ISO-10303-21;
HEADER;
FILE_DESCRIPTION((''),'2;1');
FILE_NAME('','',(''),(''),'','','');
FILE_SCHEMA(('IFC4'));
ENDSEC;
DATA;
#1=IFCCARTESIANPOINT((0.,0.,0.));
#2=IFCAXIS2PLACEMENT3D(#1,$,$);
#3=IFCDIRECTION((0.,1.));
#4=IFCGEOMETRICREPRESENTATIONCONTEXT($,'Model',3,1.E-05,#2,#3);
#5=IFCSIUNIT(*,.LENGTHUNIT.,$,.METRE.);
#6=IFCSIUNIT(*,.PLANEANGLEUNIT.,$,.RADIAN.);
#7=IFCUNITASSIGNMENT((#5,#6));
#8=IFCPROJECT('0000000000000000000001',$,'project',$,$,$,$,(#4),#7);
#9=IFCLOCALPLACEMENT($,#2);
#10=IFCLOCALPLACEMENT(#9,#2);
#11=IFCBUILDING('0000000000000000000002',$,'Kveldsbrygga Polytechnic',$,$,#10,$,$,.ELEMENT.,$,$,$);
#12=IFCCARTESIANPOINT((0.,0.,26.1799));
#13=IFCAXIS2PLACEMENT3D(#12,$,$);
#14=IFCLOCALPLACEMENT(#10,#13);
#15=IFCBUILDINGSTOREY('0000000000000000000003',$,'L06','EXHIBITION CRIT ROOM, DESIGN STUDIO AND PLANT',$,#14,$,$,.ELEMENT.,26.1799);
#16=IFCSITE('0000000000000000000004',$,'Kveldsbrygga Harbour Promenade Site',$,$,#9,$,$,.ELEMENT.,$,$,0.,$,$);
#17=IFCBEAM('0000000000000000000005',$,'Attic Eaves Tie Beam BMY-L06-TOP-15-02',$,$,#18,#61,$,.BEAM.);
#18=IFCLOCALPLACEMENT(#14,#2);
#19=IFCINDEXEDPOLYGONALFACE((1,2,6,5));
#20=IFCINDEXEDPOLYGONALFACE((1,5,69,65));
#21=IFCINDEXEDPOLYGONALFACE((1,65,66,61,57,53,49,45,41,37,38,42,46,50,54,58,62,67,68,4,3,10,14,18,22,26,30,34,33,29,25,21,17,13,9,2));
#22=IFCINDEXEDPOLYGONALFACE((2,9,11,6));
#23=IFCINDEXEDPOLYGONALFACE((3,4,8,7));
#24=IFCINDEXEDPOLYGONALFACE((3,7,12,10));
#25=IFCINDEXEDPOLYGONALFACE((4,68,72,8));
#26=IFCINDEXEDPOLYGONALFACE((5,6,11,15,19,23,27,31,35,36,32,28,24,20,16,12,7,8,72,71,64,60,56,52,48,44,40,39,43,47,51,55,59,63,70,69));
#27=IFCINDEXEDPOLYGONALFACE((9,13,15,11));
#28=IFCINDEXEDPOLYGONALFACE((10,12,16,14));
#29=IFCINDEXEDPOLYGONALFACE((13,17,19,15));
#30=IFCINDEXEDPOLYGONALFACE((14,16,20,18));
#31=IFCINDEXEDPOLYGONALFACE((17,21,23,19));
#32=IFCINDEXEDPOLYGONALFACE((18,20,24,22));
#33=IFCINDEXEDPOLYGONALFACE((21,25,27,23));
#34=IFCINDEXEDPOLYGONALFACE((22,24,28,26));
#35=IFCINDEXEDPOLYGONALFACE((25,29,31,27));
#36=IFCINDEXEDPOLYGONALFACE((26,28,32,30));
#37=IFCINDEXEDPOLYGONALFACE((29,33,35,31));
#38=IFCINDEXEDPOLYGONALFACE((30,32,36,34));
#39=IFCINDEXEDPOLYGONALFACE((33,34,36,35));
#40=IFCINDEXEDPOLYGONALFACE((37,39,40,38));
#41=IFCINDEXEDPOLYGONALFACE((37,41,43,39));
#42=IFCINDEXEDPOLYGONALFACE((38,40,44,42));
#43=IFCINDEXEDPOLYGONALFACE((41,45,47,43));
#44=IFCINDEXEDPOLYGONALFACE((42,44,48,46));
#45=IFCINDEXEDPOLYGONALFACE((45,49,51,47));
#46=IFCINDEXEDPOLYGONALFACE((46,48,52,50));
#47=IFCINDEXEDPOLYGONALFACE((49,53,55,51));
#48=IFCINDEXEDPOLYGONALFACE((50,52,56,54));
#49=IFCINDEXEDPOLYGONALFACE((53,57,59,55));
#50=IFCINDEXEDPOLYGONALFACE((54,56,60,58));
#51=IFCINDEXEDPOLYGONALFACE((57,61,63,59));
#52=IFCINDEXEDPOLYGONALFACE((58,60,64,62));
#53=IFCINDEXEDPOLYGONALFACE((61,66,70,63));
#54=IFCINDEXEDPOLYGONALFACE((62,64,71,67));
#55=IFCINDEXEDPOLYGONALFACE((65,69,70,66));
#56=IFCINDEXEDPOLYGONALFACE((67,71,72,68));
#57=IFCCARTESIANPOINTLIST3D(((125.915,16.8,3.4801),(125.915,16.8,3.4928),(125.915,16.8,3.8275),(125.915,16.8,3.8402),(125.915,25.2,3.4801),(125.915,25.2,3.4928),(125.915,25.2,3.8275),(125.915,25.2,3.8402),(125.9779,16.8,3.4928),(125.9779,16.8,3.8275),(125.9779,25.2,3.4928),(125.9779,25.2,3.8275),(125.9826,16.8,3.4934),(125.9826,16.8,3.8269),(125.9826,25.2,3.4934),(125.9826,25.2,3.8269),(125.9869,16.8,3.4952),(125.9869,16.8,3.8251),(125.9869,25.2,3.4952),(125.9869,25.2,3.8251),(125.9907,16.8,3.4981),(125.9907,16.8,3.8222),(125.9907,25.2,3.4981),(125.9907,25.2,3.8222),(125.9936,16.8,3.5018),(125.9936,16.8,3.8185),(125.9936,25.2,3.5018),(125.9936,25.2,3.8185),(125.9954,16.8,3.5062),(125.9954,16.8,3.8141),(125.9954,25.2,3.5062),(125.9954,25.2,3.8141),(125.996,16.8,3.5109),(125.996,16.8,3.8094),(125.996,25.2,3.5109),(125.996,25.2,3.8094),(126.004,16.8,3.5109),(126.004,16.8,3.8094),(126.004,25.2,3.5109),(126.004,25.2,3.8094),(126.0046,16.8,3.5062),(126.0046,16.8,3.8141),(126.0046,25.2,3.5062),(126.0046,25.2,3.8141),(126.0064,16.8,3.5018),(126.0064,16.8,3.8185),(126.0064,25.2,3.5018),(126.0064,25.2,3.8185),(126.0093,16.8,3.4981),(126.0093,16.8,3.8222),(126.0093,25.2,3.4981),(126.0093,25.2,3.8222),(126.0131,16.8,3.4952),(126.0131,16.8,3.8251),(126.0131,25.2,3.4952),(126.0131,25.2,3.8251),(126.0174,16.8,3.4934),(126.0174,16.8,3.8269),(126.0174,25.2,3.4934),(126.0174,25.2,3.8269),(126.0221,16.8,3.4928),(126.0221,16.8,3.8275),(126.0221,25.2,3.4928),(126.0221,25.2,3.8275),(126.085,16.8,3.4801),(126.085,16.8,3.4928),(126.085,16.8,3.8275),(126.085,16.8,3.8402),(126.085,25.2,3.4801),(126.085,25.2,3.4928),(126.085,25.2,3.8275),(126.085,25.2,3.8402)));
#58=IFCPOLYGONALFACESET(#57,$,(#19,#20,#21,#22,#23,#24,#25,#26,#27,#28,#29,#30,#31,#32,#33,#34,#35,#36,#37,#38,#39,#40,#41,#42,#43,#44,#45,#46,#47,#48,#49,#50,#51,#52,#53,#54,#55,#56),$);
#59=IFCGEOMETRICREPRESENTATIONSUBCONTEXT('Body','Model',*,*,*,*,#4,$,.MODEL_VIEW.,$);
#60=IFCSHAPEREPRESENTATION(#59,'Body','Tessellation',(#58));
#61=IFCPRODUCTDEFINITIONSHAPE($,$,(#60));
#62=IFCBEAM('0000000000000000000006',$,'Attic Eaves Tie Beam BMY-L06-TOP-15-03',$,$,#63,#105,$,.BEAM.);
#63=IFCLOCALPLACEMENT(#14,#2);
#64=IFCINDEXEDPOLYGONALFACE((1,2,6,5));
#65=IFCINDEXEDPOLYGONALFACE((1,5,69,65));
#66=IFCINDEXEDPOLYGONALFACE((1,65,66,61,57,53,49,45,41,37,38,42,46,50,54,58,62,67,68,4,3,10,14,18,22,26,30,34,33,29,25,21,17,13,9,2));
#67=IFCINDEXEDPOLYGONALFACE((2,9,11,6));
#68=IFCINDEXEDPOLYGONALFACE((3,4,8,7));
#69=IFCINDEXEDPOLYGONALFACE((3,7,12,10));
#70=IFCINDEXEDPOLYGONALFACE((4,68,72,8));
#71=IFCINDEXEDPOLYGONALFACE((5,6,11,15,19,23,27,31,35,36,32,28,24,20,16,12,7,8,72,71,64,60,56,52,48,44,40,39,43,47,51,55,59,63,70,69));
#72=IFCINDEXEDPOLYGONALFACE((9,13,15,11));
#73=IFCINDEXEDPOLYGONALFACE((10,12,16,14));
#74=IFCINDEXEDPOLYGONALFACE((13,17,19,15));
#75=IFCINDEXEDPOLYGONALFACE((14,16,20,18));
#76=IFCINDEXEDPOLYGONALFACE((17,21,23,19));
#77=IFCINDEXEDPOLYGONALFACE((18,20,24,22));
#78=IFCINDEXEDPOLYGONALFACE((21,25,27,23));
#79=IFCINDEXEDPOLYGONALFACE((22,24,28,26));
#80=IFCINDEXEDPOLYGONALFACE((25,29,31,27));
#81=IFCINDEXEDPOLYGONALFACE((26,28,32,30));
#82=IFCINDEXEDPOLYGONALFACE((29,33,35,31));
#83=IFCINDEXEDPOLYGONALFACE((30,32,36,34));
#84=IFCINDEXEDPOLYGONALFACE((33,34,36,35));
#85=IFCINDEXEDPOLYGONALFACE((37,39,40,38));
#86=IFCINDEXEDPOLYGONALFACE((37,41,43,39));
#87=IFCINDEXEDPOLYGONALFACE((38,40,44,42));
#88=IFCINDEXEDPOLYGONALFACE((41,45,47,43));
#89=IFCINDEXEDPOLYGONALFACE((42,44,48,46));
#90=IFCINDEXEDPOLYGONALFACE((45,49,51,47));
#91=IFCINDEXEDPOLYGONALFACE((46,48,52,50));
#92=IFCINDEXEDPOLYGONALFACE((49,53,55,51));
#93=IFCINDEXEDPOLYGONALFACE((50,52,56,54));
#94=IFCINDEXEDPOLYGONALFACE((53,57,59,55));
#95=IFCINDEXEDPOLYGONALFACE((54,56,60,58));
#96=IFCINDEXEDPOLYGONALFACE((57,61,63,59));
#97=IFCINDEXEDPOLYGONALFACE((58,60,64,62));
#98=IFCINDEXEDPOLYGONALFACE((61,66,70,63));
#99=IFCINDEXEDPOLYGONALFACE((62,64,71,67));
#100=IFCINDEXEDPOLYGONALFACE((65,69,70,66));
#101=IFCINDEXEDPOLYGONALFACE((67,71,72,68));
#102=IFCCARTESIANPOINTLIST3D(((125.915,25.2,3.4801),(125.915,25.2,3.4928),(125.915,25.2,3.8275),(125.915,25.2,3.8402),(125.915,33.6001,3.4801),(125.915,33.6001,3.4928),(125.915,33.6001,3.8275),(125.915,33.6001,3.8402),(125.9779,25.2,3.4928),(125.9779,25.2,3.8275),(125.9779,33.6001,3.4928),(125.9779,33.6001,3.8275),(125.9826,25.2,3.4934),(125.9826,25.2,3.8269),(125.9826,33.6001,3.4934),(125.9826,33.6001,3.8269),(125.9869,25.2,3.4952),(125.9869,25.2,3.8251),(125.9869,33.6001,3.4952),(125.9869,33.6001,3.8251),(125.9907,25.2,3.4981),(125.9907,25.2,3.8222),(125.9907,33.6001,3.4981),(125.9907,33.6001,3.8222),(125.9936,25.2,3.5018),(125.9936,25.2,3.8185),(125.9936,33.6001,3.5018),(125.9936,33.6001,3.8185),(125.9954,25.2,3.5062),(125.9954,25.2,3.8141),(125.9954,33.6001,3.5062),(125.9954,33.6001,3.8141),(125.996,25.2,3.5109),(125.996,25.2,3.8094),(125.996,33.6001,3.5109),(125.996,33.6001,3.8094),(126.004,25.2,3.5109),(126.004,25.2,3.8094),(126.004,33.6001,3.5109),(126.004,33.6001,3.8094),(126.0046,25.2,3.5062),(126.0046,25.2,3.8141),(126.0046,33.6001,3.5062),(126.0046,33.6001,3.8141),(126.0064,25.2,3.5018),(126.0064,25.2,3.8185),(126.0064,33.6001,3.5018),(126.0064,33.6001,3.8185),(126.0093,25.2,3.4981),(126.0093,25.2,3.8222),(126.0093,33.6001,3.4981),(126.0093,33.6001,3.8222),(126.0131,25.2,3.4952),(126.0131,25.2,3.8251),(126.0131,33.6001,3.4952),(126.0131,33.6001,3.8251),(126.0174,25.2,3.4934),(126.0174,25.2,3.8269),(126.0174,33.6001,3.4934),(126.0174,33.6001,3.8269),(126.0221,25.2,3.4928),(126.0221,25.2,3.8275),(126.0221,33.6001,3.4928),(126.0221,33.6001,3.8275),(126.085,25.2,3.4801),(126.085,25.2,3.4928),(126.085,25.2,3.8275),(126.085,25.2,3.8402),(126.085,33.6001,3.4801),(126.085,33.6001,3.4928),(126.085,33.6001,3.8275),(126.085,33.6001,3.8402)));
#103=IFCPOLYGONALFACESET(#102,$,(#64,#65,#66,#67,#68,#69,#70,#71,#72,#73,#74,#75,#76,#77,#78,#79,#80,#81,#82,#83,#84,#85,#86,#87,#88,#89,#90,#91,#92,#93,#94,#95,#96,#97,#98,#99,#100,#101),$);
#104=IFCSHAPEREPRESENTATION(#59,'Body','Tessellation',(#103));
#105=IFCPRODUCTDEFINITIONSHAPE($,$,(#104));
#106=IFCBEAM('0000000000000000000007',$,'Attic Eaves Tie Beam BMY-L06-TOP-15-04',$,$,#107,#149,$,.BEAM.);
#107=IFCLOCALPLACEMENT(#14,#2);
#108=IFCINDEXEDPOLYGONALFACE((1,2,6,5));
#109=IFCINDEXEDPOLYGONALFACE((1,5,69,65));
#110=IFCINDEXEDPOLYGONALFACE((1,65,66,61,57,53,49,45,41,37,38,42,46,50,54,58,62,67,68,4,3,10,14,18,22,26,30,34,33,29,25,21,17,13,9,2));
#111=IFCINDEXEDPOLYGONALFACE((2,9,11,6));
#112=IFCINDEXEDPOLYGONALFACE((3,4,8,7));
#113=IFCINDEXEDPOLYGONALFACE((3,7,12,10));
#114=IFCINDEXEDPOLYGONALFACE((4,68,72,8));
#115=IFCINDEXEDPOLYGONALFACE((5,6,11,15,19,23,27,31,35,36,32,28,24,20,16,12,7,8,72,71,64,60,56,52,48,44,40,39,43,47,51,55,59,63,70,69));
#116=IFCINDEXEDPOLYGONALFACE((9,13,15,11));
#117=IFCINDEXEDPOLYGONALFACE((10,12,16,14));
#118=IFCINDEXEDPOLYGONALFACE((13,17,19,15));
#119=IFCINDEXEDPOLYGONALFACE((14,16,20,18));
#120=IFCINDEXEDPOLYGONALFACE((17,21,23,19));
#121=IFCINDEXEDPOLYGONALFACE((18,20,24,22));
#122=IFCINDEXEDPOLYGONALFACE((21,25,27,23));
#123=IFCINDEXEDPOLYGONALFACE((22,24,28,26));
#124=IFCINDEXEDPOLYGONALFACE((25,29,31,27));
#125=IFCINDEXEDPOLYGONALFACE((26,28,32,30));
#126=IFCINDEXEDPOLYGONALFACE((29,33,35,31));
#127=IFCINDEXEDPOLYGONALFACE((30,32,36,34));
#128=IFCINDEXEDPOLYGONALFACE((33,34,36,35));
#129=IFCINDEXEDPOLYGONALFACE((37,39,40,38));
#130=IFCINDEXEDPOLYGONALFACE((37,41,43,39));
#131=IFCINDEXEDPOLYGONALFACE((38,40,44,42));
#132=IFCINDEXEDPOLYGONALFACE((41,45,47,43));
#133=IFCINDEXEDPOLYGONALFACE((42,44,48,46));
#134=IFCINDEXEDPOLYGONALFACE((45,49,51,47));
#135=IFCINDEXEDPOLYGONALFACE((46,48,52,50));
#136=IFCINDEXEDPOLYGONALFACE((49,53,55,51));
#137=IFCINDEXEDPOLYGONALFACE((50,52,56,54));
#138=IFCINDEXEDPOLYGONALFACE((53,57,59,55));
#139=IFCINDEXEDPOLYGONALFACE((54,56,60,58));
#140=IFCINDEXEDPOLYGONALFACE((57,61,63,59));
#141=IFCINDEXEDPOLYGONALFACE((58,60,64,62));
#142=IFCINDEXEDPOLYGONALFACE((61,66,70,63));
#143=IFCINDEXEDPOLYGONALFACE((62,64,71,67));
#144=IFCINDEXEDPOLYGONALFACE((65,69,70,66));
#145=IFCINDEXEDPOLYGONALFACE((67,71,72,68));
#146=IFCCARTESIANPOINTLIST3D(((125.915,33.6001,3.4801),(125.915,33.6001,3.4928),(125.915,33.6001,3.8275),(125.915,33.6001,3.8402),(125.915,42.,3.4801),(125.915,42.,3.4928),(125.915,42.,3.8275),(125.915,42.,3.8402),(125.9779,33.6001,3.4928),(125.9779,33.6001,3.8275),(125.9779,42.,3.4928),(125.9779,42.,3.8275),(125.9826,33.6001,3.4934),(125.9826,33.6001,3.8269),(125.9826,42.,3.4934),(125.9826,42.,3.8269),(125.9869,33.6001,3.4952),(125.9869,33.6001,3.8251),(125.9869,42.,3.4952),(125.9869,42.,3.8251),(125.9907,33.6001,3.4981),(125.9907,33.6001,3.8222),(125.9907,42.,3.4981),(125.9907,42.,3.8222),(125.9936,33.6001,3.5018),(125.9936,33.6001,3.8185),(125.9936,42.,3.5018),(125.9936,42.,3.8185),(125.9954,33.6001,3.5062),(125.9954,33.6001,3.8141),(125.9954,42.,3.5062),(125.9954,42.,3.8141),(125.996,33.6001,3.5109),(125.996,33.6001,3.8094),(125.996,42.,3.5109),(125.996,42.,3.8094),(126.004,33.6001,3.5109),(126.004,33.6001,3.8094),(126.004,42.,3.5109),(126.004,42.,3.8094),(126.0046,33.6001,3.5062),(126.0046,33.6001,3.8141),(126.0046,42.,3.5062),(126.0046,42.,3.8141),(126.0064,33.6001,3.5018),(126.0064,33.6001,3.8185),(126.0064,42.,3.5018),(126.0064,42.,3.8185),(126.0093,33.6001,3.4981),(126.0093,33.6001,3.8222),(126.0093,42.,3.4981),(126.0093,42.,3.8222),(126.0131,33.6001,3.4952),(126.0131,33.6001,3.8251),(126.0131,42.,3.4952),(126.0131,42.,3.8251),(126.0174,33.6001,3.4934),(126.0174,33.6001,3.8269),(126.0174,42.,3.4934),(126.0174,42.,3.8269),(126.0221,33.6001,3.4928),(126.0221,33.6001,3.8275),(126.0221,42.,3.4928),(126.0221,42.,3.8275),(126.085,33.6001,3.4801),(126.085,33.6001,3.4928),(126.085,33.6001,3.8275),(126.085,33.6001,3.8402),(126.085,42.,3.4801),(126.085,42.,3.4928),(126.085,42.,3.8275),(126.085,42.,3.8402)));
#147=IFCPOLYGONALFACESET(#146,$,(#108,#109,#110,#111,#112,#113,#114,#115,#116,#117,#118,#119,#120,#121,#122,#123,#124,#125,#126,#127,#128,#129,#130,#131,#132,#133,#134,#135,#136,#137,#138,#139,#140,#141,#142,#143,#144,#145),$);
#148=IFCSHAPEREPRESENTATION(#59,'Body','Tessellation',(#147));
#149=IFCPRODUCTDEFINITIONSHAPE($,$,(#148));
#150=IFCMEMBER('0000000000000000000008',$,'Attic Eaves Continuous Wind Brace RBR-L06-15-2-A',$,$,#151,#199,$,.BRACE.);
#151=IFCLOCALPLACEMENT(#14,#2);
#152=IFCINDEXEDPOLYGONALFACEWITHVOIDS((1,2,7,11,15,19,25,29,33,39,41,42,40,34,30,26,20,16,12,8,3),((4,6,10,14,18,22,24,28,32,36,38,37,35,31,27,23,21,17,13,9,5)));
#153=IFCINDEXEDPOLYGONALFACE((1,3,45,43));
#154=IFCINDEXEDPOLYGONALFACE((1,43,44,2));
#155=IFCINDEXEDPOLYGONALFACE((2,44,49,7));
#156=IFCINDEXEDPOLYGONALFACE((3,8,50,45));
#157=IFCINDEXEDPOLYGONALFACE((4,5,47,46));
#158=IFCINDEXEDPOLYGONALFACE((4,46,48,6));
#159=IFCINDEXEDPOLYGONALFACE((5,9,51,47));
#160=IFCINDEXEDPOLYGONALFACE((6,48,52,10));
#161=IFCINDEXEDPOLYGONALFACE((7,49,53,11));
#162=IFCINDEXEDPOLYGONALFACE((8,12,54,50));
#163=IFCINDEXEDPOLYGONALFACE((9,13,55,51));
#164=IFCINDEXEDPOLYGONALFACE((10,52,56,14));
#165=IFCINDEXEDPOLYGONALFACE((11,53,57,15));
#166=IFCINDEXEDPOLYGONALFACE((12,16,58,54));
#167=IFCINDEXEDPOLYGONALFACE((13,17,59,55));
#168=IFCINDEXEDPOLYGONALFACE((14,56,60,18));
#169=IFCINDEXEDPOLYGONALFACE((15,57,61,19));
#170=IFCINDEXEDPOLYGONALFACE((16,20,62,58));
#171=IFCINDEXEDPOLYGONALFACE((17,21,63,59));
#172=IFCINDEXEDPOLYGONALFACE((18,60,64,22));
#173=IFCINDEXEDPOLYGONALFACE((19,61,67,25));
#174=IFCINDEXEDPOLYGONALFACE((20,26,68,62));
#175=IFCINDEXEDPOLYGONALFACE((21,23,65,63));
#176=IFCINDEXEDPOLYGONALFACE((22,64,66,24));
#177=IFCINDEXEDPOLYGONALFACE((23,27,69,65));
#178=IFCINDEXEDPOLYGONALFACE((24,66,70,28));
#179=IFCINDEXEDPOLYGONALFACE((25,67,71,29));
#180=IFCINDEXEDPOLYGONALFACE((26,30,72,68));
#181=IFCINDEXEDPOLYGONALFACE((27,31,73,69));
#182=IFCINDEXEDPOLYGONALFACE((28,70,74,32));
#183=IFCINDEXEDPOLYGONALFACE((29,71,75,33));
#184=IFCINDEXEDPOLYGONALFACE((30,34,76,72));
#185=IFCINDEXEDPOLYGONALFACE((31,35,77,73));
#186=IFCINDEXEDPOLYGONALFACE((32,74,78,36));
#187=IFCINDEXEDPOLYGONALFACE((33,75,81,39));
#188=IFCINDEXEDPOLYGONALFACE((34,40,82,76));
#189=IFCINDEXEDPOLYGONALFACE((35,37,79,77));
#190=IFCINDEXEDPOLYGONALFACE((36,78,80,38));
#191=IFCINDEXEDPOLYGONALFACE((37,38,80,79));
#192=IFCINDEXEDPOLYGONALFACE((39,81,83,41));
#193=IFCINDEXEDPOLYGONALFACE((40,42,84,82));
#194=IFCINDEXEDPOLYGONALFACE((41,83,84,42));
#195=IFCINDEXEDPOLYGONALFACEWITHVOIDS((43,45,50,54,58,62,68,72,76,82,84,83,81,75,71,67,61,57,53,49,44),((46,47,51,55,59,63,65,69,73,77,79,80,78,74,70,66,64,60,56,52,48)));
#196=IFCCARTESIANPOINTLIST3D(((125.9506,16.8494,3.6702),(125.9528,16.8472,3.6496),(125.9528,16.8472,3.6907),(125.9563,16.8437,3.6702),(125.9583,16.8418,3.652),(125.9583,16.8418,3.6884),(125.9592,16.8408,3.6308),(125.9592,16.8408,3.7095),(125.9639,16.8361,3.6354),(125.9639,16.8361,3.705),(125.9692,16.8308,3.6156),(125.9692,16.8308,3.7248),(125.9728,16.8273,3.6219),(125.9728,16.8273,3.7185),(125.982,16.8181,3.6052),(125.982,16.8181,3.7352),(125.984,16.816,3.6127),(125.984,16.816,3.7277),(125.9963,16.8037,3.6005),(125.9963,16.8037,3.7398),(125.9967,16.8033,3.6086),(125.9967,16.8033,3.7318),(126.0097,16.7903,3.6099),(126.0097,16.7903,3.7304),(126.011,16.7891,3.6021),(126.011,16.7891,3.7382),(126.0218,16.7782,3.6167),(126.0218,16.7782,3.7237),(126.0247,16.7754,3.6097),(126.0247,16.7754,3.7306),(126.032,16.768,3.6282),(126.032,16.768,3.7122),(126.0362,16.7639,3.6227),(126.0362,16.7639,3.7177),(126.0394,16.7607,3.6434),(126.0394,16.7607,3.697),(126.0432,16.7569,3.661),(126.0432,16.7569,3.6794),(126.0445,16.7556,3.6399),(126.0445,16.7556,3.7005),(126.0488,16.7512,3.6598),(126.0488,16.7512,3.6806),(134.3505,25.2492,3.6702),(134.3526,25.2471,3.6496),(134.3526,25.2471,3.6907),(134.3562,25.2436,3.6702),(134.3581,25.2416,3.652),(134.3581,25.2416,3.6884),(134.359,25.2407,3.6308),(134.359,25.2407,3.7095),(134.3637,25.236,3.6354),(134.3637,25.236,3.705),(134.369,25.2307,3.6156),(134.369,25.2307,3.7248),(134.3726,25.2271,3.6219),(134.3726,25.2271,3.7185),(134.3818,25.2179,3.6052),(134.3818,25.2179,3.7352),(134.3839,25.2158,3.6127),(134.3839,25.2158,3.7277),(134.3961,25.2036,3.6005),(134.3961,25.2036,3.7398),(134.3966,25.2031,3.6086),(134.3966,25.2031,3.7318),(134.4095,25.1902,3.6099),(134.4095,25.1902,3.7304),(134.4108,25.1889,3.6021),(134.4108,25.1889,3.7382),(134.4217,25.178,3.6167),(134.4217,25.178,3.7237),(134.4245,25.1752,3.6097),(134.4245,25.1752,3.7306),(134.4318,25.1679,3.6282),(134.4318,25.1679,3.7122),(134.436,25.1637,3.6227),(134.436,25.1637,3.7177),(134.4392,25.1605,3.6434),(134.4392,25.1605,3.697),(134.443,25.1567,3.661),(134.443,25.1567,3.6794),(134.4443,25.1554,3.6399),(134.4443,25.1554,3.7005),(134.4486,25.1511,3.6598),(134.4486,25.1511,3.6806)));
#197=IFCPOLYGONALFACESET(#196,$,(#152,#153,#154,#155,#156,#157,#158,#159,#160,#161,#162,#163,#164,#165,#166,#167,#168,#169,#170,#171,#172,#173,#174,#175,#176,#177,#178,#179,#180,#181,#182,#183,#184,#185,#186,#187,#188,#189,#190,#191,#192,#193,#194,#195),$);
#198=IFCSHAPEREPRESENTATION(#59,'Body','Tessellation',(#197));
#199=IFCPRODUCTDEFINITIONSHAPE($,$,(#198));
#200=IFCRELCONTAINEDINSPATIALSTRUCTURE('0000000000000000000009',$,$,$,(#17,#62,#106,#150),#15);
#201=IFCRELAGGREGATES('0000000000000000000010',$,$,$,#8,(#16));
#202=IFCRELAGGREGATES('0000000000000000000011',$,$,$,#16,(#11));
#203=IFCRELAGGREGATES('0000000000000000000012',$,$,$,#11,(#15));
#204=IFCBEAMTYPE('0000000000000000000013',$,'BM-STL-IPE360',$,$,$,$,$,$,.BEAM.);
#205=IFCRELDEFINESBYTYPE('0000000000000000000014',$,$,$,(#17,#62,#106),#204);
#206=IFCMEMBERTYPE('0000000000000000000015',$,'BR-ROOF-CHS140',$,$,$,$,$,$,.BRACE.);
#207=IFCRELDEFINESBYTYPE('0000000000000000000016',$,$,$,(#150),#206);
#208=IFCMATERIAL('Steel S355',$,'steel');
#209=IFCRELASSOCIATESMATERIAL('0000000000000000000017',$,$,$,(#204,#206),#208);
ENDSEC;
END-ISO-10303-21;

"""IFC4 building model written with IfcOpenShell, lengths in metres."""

from ifc_helpers import new_model, si_unit, direction, frame, origin, origin_2d, place, context, subcontext, project, spatial, hollow_circle, i_section, extrude, material, material_profile, profile_set, type_object, element, save


model = new_model("IFC4")

# Units and contexts
model_context = context("Model", 3, precision=1e-05, world=origin(), true_north=direction((0.0, 1.0)))
body_context = subcontext(model_context, "Body", "Model", "MODEL_VIEW")
ifc_project = project(units=[si_unit("LENGTHUNIT", "METRE"), si_unit("PLANEANGLEUNIT", "RADIAN")], contexts=[model_context])

# Site, building, storey
site_placement = place(None, origin())
site = spatial("IfcSite", under=ifc_project, at=site_placement, Name="Kveldsbrygga Harbour Promenade Site", CompositionType="ELEMENT", RefElevation=0.0)
building_placement = place(site_placement, origin())
building = spatial("IfcBuilding", under=site, at=building_placement, Name="Kveldsbrygga Polytechnic", CompositionType="ELEMENT")
storey_placement = place(building_placement, frame((0.0, 0.0, 26.1799)))
storey = spatial("IfcBuildingStorey", under=building, at=storey_placement, Name="L06", Description="EXHIBITION CRIT ROOM, DESIGN STUDIO AND PLANT", CompositionType="ELEMENT", Elevation=26.1799)

# Beams
ifc_material_1 = material(Name="Steel S355", Category="steel")
ifc_material_profile_1 = material_profile(ifc_material_1, i_section(OverallWidth=0.1699, OverallDepth=0.3601, WebThickness=0.0081, FlangeThickness=0.0127, FilletRadius=0.0181, at=origin_2d()), Name="IPE 360")
ifc_profile_set_1 = profile_set([ifc_material_profile_1], Name="Steel S355")
beam_type = type_object("IfcBeamType", Name="BM-STL-IPE360", PredefinedType="BEAM", material=ifc_profile_set_1)
beam_1_placement = place(storey_placement, frame((126.0, 16.8, 3.6602), z_axis=(0.0, 1.0, 0.0), x_axis=(-1.0, 0.0, 0.0)))
element("IfcBeam", 1, at=beam_1_placement, inside=storey, type_object=beam_type, Name="Attic Eaves Tie Beam BMY-L06-TOP-15-02", PredefinedType="BEAM", context=body_context, shape_type="SweptSolid", body=[
    extrude(i_section(OverallWidth=0.1699, OverallDepth=0.3601, WebThickness=0.0081, FlangeThickness=0.0127, FilletRadius=0.0181, at=origin_2d()), origin(), (0.0, 0.0, 1.0), 8.3999),
])
beam_2_placement = place(storey_placement, frame((126.0, 25.2, 3.6602), z_axis=(0.0, 1.0, 0.0), x_axis=(-1.0, 0.0, 0.0)))
element("IfcBeam", 2, at=beam_2_placement, inside=storey, type_object=beam_type, Name="Attic Eaves Tie Beam BMY-L06-TOP-15-03", PredefinedType="BEAM", context=body_context, shape_type="SweptSolid", body=[
    extrude(i_section(OverallWidth=0.1699, OverallDepth=0.3601, WebThickness=0.0081, FlangeThickness=0.0127, FilletRadius=0.0181, at=origin_2d()), origin(), (0.0, 0.0, 1.0), 8.4001),
])
beam_3_placement = place(storey_placement, frame((126.0, 33.6001, 3.6602), z_axis=(0.0, 1.0, 0.0), x_axis=(-1.0, 0.0, 0.0)))
element("IfcBeam", 3, at=beam_3_placement, inside=storey, type_object=beam_type, Name="Attic Eaves Tie Beam BMY-L06-TOP-15-04", PredefinedType="BEAM", context=body_context, shape_type="SweptSolid", body=[
    extrude(i_section(OverallWidth=0.1699, OverallDepth=0.3601, WebThickness=0.0081, FlangeThickness=0.0127, FilletRadius=0.0181, at=origin_2d()), origin(), (0.0, 0.0, 1.0), 8.3999),
])

# Member
ifc_material_profile_2 = material_profile(ifc_material_1, hollow_circle(Radius=0.0698, WallThickness=0.0081, at=origin_2d()), Name="CHS 139.7x8.0")
ifc_profile_set_2 = profile_set([ifc_material_profile_2], Name="Steel S355")
member_type_1 = type_object("IfcMemberType", Name="BR-ROOF-CHS140", PredefinedType="BRACE", material=ifc_profile_set_2)
member_1_placement = place(storey_placement, frame((126.0, 16.8, 3.6702), z_axis=(0.707107, 0.707107, 0.0), x_axis=(-0.707107, 0.707107, 0.0)))
element("IfcMember", 4, at=member_1_placement, inside=storey, type_object=member_type_1, Name="Attic Eaves Continuous Wind Brace RBR-L06-15-2-A", PredefinedType="BRACE", context=body_context, shape_type="SweptSolid", body=[
    extrude(hollow_circle(Radius=0.0698, WallThickness=0.0081, at=origin_2d()), origin(), (0.0, 0.0, 1.0), 11.8792),
])

save(model, "model.ifc")
